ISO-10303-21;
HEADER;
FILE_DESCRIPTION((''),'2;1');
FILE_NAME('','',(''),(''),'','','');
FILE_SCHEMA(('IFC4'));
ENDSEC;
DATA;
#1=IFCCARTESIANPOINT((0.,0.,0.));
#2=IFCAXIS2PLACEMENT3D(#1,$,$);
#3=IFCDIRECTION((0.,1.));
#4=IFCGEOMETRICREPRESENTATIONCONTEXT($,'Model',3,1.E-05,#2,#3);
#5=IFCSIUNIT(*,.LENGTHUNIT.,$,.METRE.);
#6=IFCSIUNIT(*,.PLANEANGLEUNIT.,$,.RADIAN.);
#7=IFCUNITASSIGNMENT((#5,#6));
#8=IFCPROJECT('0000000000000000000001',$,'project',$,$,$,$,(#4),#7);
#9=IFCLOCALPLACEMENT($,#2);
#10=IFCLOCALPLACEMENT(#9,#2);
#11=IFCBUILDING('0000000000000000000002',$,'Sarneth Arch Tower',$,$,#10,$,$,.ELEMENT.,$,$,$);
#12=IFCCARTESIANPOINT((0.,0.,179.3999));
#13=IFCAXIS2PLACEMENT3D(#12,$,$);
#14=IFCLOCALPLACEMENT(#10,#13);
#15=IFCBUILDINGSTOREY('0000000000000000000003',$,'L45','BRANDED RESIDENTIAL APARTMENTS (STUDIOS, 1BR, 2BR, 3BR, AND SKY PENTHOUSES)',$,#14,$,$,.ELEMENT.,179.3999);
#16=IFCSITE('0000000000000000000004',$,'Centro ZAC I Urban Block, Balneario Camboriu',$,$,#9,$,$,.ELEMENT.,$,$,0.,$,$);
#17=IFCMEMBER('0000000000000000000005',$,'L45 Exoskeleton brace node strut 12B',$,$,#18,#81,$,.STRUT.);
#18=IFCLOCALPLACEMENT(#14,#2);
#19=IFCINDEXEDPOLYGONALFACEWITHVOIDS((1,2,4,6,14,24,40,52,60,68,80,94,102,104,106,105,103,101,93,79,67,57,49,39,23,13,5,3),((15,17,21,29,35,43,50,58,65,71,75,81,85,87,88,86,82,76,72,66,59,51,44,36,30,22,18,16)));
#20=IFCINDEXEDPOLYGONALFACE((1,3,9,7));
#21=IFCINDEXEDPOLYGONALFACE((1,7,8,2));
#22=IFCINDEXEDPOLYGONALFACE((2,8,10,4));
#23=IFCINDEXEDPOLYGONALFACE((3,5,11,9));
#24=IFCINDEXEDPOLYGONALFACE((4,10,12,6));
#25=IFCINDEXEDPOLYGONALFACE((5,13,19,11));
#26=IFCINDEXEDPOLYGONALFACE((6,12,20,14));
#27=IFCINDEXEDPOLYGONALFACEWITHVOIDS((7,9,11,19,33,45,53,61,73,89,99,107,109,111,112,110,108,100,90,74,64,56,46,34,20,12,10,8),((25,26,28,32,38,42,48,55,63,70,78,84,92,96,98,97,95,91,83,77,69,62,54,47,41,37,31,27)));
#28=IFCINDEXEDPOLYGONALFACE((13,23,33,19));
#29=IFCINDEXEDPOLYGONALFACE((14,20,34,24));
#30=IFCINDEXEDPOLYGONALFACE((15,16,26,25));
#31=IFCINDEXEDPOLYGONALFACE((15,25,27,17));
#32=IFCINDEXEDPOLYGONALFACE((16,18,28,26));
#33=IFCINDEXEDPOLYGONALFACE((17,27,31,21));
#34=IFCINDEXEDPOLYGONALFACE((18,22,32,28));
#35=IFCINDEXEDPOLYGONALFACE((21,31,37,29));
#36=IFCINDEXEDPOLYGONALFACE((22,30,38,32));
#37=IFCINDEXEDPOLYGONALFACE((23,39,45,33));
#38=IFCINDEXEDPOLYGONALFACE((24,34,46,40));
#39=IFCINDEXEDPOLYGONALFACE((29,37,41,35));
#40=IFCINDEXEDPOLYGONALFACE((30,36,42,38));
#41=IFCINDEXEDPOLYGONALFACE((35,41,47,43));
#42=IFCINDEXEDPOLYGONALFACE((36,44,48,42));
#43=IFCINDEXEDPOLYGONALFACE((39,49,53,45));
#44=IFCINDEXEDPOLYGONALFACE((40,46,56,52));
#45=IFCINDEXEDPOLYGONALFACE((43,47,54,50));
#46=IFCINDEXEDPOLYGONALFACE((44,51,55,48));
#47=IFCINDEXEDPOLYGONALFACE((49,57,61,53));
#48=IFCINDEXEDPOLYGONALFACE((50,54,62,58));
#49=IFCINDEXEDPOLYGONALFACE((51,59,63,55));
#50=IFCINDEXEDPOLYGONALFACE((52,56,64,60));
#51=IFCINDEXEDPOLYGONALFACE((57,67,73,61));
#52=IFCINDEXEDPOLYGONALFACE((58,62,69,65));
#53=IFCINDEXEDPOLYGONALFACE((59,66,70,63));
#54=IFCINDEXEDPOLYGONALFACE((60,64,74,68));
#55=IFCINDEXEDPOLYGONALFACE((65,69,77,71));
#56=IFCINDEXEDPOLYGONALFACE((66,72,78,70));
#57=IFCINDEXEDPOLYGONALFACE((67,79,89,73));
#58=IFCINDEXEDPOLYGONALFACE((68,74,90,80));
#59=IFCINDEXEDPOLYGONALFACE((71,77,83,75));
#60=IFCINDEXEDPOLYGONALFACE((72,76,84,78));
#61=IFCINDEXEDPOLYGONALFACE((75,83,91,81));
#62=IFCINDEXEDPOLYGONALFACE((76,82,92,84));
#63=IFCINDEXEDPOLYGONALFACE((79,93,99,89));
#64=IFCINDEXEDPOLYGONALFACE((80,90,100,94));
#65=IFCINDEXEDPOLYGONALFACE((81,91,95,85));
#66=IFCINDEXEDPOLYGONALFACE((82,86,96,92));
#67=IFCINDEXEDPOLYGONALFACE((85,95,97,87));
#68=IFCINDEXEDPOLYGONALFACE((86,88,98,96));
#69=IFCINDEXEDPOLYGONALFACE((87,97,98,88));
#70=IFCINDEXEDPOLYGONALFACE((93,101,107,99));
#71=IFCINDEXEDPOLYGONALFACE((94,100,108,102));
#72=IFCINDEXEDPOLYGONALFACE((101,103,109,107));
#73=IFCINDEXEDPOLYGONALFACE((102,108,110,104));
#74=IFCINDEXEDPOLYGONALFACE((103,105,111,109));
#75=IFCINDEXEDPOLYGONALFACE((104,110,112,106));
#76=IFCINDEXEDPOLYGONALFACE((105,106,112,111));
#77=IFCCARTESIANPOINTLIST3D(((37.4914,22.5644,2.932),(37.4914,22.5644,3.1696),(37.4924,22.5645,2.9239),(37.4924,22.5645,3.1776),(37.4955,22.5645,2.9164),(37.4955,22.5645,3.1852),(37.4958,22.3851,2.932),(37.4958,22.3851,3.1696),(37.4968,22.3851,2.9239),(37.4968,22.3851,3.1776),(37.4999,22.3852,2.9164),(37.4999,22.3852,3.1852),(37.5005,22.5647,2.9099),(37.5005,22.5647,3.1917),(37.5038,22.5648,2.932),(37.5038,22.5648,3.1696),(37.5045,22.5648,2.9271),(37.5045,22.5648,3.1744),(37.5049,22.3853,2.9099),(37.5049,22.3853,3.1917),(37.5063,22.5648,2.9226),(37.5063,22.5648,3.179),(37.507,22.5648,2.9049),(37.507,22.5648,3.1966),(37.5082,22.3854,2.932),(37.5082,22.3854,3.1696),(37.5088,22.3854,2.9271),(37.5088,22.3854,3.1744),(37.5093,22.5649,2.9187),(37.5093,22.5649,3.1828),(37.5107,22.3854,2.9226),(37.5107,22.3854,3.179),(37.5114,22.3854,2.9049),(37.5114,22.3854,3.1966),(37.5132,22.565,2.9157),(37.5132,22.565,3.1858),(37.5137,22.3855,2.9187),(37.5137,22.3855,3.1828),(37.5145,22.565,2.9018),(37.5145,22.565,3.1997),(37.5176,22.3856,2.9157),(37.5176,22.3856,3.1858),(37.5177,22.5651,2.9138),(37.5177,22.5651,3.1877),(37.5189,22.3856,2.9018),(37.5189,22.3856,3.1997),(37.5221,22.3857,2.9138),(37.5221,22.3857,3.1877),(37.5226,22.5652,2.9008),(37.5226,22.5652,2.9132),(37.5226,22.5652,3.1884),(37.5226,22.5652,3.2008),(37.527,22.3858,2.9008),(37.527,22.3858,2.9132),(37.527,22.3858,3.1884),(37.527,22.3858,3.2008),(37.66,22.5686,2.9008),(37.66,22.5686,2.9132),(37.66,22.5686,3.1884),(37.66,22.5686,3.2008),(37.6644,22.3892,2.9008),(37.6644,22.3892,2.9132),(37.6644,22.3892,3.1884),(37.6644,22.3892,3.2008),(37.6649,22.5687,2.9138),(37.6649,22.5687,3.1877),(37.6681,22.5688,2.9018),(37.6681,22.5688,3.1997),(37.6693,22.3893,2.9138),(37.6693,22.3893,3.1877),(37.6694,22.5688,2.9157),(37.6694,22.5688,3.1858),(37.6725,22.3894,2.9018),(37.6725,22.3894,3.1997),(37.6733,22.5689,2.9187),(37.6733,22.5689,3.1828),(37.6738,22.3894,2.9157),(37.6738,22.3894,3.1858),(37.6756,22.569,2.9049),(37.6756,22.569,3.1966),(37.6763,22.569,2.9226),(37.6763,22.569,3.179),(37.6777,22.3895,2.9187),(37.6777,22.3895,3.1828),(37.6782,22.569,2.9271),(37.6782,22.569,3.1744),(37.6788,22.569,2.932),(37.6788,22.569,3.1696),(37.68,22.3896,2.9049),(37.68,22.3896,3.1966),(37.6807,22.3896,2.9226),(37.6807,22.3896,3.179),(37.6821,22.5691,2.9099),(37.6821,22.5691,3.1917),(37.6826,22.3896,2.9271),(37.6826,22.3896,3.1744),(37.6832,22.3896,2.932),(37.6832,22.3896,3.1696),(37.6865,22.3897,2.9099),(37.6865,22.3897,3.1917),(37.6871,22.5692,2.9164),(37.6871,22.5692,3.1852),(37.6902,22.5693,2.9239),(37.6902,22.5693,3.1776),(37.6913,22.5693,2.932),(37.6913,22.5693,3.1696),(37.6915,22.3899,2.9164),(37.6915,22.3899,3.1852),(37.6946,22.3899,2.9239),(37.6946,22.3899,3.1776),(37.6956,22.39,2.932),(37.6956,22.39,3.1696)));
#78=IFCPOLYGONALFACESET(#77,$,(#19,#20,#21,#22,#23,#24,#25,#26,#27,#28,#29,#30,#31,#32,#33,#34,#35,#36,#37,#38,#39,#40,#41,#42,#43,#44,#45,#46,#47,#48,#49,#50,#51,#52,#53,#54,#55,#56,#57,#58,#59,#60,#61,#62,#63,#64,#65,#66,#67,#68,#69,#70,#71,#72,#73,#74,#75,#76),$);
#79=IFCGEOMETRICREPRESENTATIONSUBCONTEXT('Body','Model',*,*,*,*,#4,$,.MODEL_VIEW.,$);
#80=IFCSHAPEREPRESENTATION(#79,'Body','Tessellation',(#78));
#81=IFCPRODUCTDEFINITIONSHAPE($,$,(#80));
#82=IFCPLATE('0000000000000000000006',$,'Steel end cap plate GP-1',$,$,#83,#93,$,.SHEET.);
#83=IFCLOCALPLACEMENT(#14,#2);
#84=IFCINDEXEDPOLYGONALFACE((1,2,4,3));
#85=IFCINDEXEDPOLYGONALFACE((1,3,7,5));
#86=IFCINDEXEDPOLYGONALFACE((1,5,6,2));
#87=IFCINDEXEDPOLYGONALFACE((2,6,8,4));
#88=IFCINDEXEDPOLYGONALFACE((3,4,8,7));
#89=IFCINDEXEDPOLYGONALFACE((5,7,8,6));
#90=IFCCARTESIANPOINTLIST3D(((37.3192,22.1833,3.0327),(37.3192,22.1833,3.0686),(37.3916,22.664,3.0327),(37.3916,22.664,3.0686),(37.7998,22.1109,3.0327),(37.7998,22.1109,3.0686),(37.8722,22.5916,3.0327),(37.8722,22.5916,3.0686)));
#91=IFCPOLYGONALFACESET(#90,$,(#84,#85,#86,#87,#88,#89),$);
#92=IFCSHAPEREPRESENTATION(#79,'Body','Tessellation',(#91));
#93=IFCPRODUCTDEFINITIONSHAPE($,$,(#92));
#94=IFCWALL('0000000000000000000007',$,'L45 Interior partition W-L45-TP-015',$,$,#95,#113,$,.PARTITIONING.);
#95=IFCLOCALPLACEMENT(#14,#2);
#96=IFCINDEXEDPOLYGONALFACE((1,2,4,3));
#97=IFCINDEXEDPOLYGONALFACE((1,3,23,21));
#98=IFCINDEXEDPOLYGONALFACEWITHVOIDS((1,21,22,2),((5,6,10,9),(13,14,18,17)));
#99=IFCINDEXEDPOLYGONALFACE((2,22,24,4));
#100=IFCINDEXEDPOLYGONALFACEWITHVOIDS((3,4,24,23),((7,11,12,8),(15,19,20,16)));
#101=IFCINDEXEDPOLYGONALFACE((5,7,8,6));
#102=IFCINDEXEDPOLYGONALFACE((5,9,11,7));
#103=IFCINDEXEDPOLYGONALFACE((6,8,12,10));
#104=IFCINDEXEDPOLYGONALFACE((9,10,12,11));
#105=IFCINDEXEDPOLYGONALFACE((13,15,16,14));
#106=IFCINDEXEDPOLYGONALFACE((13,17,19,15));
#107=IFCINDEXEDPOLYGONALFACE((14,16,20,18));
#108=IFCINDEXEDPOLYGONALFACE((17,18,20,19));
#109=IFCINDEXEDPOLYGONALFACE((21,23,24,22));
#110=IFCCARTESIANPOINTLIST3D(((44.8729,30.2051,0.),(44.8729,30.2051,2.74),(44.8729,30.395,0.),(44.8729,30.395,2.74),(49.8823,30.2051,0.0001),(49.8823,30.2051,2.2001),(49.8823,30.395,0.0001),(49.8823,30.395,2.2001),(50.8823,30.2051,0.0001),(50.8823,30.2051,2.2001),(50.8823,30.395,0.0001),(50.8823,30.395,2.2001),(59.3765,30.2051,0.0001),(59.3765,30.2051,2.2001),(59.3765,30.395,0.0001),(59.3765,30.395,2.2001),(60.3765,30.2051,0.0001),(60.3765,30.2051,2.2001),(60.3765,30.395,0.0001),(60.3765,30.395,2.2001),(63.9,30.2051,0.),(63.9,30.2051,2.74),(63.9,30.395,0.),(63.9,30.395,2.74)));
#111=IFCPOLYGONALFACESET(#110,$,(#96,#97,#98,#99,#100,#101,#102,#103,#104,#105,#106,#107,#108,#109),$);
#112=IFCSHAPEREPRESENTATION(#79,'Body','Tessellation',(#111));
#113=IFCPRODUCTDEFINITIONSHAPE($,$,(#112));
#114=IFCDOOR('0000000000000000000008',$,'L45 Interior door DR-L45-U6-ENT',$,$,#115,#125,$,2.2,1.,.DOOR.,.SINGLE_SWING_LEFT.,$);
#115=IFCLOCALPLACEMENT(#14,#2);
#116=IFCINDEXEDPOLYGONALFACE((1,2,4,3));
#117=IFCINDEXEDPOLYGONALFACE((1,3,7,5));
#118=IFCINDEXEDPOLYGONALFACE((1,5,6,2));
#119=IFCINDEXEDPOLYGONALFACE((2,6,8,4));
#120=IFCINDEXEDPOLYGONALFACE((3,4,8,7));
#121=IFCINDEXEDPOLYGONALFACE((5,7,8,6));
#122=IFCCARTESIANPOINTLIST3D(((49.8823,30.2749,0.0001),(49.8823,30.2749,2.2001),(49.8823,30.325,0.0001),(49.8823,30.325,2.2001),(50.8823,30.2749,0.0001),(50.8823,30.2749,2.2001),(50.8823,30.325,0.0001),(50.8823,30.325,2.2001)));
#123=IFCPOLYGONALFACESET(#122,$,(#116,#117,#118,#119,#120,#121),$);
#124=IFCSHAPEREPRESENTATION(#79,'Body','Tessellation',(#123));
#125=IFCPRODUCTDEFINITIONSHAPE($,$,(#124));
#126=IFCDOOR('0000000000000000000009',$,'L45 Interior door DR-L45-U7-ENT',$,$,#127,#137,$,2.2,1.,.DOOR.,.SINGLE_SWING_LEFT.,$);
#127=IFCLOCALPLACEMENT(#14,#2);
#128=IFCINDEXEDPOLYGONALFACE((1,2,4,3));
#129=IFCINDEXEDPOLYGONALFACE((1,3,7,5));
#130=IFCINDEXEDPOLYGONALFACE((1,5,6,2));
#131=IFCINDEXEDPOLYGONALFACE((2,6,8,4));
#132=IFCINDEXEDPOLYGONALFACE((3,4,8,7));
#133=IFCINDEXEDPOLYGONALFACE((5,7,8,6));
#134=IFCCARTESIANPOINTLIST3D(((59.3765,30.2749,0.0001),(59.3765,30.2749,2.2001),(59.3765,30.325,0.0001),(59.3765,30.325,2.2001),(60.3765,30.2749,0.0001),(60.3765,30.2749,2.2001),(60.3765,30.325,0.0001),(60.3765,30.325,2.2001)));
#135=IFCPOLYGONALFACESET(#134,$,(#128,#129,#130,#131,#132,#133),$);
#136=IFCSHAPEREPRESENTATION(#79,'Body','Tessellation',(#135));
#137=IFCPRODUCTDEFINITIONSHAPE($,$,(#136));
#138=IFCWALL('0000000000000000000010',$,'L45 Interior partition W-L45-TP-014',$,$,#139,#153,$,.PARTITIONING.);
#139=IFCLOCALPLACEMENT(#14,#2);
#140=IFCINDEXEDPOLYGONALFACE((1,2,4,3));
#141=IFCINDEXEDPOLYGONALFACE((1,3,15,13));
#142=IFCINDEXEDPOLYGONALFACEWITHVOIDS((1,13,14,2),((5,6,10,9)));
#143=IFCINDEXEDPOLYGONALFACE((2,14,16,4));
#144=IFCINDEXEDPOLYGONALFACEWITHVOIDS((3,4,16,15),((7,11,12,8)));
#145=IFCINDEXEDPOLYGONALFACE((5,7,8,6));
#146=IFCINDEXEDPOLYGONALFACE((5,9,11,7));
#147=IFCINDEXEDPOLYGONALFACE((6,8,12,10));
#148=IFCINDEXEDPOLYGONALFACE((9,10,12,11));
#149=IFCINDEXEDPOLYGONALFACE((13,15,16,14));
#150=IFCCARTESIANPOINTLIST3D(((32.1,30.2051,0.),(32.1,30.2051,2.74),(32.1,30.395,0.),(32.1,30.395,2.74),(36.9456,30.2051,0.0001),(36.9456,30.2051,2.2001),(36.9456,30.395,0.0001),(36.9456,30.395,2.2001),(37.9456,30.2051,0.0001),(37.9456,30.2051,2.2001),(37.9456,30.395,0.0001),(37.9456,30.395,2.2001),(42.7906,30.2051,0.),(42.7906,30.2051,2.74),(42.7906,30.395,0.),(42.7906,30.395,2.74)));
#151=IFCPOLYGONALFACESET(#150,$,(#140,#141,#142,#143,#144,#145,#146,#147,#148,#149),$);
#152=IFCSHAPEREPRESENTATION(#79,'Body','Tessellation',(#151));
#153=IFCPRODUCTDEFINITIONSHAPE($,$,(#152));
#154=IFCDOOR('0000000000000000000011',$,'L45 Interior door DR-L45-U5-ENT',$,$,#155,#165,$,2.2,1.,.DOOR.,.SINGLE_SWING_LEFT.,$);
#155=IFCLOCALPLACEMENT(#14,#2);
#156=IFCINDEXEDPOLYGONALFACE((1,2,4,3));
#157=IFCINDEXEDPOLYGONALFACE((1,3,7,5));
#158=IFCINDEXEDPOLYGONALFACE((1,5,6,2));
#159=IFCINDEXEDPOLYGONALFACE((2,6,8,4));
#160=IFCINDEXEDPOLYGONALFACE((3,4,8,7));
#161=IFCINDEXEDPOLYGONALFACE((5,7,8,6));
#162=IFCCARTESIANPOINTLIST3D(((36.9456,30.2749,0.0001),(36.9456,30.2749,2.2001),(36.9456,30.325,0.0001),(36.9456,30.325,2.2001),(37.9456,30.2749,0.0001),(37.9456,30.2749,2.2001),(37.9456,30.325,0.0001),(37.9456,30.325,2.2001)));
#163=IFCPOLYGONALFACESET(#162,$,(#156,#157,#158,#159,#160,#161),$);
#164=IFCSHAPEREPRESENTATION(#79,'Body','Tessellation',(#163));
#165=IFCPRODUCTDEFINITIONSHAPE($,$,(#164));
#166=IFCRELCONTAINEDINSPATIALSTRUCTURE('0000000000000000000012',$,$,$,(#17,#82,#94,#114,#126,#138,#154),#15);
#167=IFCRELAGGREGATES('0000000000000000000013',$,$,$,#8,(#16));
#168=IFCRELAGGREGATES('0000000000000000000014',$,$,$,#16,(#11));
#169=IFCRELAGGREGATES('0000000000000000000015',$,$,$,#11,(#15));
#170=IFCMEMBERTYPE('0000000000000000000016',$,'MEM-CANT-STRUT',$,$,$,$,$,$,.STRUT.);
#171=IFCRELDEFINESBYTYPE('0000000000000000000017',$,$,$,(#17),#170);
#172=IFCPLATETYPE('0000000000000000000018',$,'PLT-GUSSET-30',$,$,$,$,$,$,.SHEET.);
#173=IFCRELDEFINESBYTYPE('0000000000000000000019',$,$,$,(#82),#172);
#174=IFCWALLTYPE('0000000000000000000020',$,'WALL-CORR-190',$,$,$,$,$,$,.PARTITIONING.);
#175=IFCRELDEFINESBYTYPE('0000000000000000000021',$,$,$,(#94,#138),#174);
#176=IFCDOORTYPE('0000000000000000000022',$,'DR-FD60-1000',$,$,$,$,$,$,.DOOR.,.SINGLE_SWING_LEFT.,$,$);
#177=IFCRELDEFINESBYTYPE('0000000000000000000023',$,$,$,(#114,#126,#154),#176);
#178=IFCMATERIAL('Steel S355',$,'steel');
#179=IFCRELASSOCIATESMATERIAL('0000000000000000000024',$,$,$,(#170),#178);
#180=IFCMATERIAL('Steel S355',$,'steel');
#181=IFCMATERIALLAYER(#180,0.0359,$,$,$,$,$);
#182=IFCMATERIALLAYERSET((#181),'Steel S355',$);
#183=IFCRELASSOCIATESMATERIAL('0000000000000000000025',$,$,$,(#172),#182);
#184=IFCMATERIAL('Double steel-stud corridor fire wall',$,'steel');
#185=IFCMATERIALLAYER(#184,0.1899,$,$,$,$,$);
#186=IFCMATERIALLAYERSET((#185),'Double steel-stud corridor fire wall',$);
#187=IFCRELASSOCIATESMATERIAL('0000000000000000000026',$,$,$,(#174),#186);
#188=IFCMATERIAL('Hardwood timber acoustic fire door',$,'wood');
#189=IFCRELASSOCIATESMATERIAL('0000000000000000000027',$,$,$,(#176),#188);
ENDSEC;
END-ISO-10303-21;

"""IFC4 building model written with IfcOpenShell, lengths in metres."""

from ifc_helpers import new_model, si_unit, direction, frame, frame_2d, origin, origin_2d, place, context, subcontext, project, spatial, rectangle, hollow_rectangle, extrude, material, layer, layer_set, material_profile, profile_set, type_object, element, fill, save


model = new_model("IFC4")

# Units and contexts
model_context = context("Model", 3, precision=1e-05, world=origin(), true_north=direction((0.0, 1.0)))
body_context = subcontext(model_context, "Body", "Model", "MODEL_VIEW")
ifc_project = project(units=[si_unit("LENGTHUNIT", "METRE"), si_unit("PLANEANGLEUNIT", "RADIAN")], contexts=[model_context])

# Site, building, storey
site_placement = place(None, origin())
site = spatial("IfcSite", under=ifc_project, at=site_placement, Name="Centro ZAC I Urban Block, Balneario Camboriu", CompositionType="ELEMENT", RefElevation=0.0)
building_placement = place(site_placement, origin())
building = spatial("IfcBuilding", under=site, at=building_placement, Name="Sarneth Arch Tower", CompositionType="ELEMENT")
storey_placement = place(building_placement, frame((0.0, 0.0, 179.3999)))
storey = spatial("IfcBuildingStorey", under=building, at=storey_placement, Name="L45", Description="BRANDED RESIDENTIAL APARTMENTS (STUDIOS, 1BR, 2BR, 3BR, AND SKY PENTHOUSES)", CompositionType="ELEMENT", Elevation=179.3999)

# Member
ifc_material_1 = material(Name="Steel S355", Category="steel")
ifc_material_profile_1 = material_profile(ifc_material_1, hollow_rectangle(XDim=0.2, YDim=0.3, WallThickness=0.0125, InnerFilletRadius=0.0188, OuterFilletRadius=0.0312, at=origin_2d()), Name="RHS300x200x12.5")
ifc_profile_set_1 = profile_set([ifc_material_profile_1], Name="Steel S355")
member_type = type_object("IfcMemberType", Name="MEM-CANT-STRUT", PredefinedType="STRUT", material=ifc_profile_set_1)
member_placement = place(storey_placement, frame((37.5913, 22.5669, 3.0508), z_axis=(0.024482, -0.9997, 0.0), x_axis=(0.9997, 0.024482, 0.0)))
element("IfcMember", 1, at=member_placement, inside=storey, type_object=member_type, Name="L45 Exoskeleton brace node strut 12B", PredefinedType="STRUT", context=body_context, shape_type="SweptSolid", body=[
    extrude(hollow_rectangle(XDim=0.2, YDim=0.3, WallThickness=0.0125, InnerFilletRadius=0.0188, OuterFilletRadius=0.0312, at=origin_2d()), origin(), (0.0, 0.0, 1.0), 0.1794),
])

# Plate
ifc_material_2 = material(Name="Steel S355", Category="steel")
ifc_layer_1 = layer(ifc_material_2, 0.0359)
ifc_layer_set_1 = layer_set([ifc_layer_1], Name="Steel S355")
plate_type = type_object("IfcPlateType", Name="PLT-GUSSET-30", PredefinedType="SHEET", material=ifc_layer_set_1)
plate_placement = place(storey_placement, frame((37.5957, 22.3875, 3.0327), z_axis=(0.0, 0.0, 1.0), x_axis=(0.988835, -0.149018, 0.0)))
element("IfcPlate", 2, at=plate_placement, inside=storey, type_object=plate_type, Name="Steel end cap plate GP-1", PredefinedType="SHEET", context=body_context, shape_type="SweptSolid", body=[
    extrude(rectangle(XDim=0.4861, YDim=0.4861, at=origin_2d()), origin(), (0.0, 0.0, 1.0), 0.0359),
])

# Wall, openings, doors
ifc_material_3 = material(Name="Double steel-stud corridor fire wall", Category="steel")
ifc_layer_2 = layer(ifc_material_3, 0.1899)
ifc_layer_set_2 = layer_set([ifc_layer_2], Name="Double steel-stud corridor fire wall")
wall_type_1 = type_object("IfcWallType", Name="WALL-CORR-190", PredefinedType="PARTITIONING", material=ifc_layer_set_2)
wall_1_placement = place(storey_placement, frame((44.8728, 30.3, 0.0), z_axis=(0.0, 0.0, 1.0), x_axis=(1.0, 0.0, 0.0)))
wall_1 = element("IfcWall", 3, at=wall_1_placement, inside=storey, type_object=wall_type_1, Name="L45 Interior partition W-L45-TP-015", PredefinedType="PARTITIONING", context=body_context, shape_type="SweptSolid", body=[
    extrude(rectangle(XDim=19.0271, YDim=0.1899, at=frame_2d((9.5137, 0.0))), origin(), (0.0, 0.0, 1.0), 2.74),
])
opening_1_placement = place(wall_1_placement, frame((5.0095, 0.0, 0.0)))
opening_1 = element("IfcOpeningElement", 4, at=opening_1_placement, cuts=wall_1, PredefinedType="OPENING", context=body_context, shape_type="SweptSolid", body=[
    extrude(rectangle(XDim=1.0, YDim=2.2, at=frame_2d((0.5, 1.1001))), frame((0.0, 0.105, 0.0), z_axis=(0.0, -1.0, 0.0), x_axis=(1.0, 0.0, 0.0)), (0.0, 0.0, 1.0), 0.21),
])
opening_2_placement = place(wall_1_placement, frame((14.5037, 0.0, 0.0)))
opening_2 = element("IfcOpeningElement", 5, at=opening_2_placement, cuts=wall_1, PredefinedType="OPENING", context=body_context, shape_type="SweptSolid", body=[
    extrude(rectangle(XDim=1.0, YDim=2.2, at=frame_2d((0.5, 1.1001))), frame((0.0, 0.105, 0.0), z_axis=(0.0, -1.0, 0.0), x_axis=(1.0, 0.0, 0.0)), (0.0, 0.0, 1.0), 0.21),
])
ifc_material_4 = material(Name="Hardwood timber acoustic fire door", Category="wood")
door_type_1 = type_object("IfcDoorType", Name="DR-FD60-1000", OperationType="SINGLE_SWING_LEFT", PredefinedType="DOOR", material=ifc_material_4)
door_1_placement = place(opening_1_placement, origin())
door_1 = element("IfcDoor", 6, at=door_1_placement, inside=storey, type_object=door_type_1, Name="L45 Interior door DR-L45-U6-ENT", OperationType="SINGLE_SWING_LEFT", OverallHeight=2.2, OverallWidth=1.0, PredefinedType="DOOR", context=body_context, shape_type="SweptSolid", body=[
    extrude(rectangle(XDim=1.0, YDim=2.2, at=frame_2d((0.5, 1.1001))), frame((0.0, 0.0249, 0.0), z_axis=(0.0, -1.0, 0.0), x_axis=(1.0, 0.0, 0.0)), (0.0, 0.0, 1.0), 0.05),
])
fill(opening_1, door_1)
door_2_placement = place(opening_2_placement, origin())
door_2 = element("IfcDoor", 7, at=door_2_placement, inside=storey, type_object=door_type_1, Name="L45 Interior door DR-L45-U7-ENT", OperationType="SINGLE_SWING_LEFT", OverallHeight=2.2, OverallWidth=1.0, PredefinedType="DOOR", context=body_context, shape_type="SweptSolid", body=[
    extrude(rectangle(XDim=1.0, YDim=2.2, at=frame_2d((0.5, 1.1001))), frame((0.0, 0.0249, 0.0), z_axis=(0.0, -1.0, 0.0), x_axis=(1.0, 0.0, 0.0)), (0.0, 0.0, 1.0), 0.05),
])
fill(opening_2, door_2)

# Wall, opening, door
wall_2_placement = place(storey_placement, frame((32.1001, 30.3, 0.0), z_axis=(0.0, 0.0, 1.0), x_axis=(1.0, 0.0, 0.0)))
wall_2 = element("IfcWall", 8, at=wall_2_placement, inside=storey, type_object=wall_type_1, Name="L45 Interior partition W-L45-TP-014", PredefinedType="PARTITIONING", context=body_context, shape_type="SweptSolid", body=[
    extrude(rectangle(XDim=10.6907, YDim=0.1899, at=frame_2d((5.3452, 0.0))), origin(), (0.0, 0.0, 1.0), 2.74),
])
opening_3_placement = place(wall_2_placement, frame((4.8455, 0.0, 0.0)))
opening_3 = element("IfcOpeningElement", 9, at=opening_3_placement, cuts=wall_2, PredefinedType="OPENING", context=body_context, shape_type="SweptSolid", body=[
    extrude(rectangle(XDim=1.0, YDim=2.2, at=frame_2d((0.5, 1.1001))), frame((0.0, 0.105, 0.0), z_axis=(0.0, -1.0, 0.0), x_axis=(1.0, 0.0, 0.0)), (0.0, 0.0, 1.0), 0.21),
])
door_3_placement = place(opening_3_placement, origin())
door_3 = element("IfcDoor", 10, at=door_3_placement, inside=storey, type_object=door_type_1, Name="L45 Interior door DR-L45-U5-ENT", OperationType="SINGLE_SWING_LEFT", OverallHeight=2.2, OverallWidth=1.0, PredefinedType="DOOR", context=body_context, shape_type="SweptSolid", body=[
    extrude(rectangle(XDim=1.0, YDim=2.2, at=frame_2d((0.5, 1.1001))), frame((0.0, 0.0249, 0.0), z_axis=(0.0, -1.0, 0.0), x_axis=(1.0, 0.0, 0.0)), (0.0, 0.0, 1.0), 0.05),
])
fill(opening_3, door_3)

save(model, "model.ifc")
